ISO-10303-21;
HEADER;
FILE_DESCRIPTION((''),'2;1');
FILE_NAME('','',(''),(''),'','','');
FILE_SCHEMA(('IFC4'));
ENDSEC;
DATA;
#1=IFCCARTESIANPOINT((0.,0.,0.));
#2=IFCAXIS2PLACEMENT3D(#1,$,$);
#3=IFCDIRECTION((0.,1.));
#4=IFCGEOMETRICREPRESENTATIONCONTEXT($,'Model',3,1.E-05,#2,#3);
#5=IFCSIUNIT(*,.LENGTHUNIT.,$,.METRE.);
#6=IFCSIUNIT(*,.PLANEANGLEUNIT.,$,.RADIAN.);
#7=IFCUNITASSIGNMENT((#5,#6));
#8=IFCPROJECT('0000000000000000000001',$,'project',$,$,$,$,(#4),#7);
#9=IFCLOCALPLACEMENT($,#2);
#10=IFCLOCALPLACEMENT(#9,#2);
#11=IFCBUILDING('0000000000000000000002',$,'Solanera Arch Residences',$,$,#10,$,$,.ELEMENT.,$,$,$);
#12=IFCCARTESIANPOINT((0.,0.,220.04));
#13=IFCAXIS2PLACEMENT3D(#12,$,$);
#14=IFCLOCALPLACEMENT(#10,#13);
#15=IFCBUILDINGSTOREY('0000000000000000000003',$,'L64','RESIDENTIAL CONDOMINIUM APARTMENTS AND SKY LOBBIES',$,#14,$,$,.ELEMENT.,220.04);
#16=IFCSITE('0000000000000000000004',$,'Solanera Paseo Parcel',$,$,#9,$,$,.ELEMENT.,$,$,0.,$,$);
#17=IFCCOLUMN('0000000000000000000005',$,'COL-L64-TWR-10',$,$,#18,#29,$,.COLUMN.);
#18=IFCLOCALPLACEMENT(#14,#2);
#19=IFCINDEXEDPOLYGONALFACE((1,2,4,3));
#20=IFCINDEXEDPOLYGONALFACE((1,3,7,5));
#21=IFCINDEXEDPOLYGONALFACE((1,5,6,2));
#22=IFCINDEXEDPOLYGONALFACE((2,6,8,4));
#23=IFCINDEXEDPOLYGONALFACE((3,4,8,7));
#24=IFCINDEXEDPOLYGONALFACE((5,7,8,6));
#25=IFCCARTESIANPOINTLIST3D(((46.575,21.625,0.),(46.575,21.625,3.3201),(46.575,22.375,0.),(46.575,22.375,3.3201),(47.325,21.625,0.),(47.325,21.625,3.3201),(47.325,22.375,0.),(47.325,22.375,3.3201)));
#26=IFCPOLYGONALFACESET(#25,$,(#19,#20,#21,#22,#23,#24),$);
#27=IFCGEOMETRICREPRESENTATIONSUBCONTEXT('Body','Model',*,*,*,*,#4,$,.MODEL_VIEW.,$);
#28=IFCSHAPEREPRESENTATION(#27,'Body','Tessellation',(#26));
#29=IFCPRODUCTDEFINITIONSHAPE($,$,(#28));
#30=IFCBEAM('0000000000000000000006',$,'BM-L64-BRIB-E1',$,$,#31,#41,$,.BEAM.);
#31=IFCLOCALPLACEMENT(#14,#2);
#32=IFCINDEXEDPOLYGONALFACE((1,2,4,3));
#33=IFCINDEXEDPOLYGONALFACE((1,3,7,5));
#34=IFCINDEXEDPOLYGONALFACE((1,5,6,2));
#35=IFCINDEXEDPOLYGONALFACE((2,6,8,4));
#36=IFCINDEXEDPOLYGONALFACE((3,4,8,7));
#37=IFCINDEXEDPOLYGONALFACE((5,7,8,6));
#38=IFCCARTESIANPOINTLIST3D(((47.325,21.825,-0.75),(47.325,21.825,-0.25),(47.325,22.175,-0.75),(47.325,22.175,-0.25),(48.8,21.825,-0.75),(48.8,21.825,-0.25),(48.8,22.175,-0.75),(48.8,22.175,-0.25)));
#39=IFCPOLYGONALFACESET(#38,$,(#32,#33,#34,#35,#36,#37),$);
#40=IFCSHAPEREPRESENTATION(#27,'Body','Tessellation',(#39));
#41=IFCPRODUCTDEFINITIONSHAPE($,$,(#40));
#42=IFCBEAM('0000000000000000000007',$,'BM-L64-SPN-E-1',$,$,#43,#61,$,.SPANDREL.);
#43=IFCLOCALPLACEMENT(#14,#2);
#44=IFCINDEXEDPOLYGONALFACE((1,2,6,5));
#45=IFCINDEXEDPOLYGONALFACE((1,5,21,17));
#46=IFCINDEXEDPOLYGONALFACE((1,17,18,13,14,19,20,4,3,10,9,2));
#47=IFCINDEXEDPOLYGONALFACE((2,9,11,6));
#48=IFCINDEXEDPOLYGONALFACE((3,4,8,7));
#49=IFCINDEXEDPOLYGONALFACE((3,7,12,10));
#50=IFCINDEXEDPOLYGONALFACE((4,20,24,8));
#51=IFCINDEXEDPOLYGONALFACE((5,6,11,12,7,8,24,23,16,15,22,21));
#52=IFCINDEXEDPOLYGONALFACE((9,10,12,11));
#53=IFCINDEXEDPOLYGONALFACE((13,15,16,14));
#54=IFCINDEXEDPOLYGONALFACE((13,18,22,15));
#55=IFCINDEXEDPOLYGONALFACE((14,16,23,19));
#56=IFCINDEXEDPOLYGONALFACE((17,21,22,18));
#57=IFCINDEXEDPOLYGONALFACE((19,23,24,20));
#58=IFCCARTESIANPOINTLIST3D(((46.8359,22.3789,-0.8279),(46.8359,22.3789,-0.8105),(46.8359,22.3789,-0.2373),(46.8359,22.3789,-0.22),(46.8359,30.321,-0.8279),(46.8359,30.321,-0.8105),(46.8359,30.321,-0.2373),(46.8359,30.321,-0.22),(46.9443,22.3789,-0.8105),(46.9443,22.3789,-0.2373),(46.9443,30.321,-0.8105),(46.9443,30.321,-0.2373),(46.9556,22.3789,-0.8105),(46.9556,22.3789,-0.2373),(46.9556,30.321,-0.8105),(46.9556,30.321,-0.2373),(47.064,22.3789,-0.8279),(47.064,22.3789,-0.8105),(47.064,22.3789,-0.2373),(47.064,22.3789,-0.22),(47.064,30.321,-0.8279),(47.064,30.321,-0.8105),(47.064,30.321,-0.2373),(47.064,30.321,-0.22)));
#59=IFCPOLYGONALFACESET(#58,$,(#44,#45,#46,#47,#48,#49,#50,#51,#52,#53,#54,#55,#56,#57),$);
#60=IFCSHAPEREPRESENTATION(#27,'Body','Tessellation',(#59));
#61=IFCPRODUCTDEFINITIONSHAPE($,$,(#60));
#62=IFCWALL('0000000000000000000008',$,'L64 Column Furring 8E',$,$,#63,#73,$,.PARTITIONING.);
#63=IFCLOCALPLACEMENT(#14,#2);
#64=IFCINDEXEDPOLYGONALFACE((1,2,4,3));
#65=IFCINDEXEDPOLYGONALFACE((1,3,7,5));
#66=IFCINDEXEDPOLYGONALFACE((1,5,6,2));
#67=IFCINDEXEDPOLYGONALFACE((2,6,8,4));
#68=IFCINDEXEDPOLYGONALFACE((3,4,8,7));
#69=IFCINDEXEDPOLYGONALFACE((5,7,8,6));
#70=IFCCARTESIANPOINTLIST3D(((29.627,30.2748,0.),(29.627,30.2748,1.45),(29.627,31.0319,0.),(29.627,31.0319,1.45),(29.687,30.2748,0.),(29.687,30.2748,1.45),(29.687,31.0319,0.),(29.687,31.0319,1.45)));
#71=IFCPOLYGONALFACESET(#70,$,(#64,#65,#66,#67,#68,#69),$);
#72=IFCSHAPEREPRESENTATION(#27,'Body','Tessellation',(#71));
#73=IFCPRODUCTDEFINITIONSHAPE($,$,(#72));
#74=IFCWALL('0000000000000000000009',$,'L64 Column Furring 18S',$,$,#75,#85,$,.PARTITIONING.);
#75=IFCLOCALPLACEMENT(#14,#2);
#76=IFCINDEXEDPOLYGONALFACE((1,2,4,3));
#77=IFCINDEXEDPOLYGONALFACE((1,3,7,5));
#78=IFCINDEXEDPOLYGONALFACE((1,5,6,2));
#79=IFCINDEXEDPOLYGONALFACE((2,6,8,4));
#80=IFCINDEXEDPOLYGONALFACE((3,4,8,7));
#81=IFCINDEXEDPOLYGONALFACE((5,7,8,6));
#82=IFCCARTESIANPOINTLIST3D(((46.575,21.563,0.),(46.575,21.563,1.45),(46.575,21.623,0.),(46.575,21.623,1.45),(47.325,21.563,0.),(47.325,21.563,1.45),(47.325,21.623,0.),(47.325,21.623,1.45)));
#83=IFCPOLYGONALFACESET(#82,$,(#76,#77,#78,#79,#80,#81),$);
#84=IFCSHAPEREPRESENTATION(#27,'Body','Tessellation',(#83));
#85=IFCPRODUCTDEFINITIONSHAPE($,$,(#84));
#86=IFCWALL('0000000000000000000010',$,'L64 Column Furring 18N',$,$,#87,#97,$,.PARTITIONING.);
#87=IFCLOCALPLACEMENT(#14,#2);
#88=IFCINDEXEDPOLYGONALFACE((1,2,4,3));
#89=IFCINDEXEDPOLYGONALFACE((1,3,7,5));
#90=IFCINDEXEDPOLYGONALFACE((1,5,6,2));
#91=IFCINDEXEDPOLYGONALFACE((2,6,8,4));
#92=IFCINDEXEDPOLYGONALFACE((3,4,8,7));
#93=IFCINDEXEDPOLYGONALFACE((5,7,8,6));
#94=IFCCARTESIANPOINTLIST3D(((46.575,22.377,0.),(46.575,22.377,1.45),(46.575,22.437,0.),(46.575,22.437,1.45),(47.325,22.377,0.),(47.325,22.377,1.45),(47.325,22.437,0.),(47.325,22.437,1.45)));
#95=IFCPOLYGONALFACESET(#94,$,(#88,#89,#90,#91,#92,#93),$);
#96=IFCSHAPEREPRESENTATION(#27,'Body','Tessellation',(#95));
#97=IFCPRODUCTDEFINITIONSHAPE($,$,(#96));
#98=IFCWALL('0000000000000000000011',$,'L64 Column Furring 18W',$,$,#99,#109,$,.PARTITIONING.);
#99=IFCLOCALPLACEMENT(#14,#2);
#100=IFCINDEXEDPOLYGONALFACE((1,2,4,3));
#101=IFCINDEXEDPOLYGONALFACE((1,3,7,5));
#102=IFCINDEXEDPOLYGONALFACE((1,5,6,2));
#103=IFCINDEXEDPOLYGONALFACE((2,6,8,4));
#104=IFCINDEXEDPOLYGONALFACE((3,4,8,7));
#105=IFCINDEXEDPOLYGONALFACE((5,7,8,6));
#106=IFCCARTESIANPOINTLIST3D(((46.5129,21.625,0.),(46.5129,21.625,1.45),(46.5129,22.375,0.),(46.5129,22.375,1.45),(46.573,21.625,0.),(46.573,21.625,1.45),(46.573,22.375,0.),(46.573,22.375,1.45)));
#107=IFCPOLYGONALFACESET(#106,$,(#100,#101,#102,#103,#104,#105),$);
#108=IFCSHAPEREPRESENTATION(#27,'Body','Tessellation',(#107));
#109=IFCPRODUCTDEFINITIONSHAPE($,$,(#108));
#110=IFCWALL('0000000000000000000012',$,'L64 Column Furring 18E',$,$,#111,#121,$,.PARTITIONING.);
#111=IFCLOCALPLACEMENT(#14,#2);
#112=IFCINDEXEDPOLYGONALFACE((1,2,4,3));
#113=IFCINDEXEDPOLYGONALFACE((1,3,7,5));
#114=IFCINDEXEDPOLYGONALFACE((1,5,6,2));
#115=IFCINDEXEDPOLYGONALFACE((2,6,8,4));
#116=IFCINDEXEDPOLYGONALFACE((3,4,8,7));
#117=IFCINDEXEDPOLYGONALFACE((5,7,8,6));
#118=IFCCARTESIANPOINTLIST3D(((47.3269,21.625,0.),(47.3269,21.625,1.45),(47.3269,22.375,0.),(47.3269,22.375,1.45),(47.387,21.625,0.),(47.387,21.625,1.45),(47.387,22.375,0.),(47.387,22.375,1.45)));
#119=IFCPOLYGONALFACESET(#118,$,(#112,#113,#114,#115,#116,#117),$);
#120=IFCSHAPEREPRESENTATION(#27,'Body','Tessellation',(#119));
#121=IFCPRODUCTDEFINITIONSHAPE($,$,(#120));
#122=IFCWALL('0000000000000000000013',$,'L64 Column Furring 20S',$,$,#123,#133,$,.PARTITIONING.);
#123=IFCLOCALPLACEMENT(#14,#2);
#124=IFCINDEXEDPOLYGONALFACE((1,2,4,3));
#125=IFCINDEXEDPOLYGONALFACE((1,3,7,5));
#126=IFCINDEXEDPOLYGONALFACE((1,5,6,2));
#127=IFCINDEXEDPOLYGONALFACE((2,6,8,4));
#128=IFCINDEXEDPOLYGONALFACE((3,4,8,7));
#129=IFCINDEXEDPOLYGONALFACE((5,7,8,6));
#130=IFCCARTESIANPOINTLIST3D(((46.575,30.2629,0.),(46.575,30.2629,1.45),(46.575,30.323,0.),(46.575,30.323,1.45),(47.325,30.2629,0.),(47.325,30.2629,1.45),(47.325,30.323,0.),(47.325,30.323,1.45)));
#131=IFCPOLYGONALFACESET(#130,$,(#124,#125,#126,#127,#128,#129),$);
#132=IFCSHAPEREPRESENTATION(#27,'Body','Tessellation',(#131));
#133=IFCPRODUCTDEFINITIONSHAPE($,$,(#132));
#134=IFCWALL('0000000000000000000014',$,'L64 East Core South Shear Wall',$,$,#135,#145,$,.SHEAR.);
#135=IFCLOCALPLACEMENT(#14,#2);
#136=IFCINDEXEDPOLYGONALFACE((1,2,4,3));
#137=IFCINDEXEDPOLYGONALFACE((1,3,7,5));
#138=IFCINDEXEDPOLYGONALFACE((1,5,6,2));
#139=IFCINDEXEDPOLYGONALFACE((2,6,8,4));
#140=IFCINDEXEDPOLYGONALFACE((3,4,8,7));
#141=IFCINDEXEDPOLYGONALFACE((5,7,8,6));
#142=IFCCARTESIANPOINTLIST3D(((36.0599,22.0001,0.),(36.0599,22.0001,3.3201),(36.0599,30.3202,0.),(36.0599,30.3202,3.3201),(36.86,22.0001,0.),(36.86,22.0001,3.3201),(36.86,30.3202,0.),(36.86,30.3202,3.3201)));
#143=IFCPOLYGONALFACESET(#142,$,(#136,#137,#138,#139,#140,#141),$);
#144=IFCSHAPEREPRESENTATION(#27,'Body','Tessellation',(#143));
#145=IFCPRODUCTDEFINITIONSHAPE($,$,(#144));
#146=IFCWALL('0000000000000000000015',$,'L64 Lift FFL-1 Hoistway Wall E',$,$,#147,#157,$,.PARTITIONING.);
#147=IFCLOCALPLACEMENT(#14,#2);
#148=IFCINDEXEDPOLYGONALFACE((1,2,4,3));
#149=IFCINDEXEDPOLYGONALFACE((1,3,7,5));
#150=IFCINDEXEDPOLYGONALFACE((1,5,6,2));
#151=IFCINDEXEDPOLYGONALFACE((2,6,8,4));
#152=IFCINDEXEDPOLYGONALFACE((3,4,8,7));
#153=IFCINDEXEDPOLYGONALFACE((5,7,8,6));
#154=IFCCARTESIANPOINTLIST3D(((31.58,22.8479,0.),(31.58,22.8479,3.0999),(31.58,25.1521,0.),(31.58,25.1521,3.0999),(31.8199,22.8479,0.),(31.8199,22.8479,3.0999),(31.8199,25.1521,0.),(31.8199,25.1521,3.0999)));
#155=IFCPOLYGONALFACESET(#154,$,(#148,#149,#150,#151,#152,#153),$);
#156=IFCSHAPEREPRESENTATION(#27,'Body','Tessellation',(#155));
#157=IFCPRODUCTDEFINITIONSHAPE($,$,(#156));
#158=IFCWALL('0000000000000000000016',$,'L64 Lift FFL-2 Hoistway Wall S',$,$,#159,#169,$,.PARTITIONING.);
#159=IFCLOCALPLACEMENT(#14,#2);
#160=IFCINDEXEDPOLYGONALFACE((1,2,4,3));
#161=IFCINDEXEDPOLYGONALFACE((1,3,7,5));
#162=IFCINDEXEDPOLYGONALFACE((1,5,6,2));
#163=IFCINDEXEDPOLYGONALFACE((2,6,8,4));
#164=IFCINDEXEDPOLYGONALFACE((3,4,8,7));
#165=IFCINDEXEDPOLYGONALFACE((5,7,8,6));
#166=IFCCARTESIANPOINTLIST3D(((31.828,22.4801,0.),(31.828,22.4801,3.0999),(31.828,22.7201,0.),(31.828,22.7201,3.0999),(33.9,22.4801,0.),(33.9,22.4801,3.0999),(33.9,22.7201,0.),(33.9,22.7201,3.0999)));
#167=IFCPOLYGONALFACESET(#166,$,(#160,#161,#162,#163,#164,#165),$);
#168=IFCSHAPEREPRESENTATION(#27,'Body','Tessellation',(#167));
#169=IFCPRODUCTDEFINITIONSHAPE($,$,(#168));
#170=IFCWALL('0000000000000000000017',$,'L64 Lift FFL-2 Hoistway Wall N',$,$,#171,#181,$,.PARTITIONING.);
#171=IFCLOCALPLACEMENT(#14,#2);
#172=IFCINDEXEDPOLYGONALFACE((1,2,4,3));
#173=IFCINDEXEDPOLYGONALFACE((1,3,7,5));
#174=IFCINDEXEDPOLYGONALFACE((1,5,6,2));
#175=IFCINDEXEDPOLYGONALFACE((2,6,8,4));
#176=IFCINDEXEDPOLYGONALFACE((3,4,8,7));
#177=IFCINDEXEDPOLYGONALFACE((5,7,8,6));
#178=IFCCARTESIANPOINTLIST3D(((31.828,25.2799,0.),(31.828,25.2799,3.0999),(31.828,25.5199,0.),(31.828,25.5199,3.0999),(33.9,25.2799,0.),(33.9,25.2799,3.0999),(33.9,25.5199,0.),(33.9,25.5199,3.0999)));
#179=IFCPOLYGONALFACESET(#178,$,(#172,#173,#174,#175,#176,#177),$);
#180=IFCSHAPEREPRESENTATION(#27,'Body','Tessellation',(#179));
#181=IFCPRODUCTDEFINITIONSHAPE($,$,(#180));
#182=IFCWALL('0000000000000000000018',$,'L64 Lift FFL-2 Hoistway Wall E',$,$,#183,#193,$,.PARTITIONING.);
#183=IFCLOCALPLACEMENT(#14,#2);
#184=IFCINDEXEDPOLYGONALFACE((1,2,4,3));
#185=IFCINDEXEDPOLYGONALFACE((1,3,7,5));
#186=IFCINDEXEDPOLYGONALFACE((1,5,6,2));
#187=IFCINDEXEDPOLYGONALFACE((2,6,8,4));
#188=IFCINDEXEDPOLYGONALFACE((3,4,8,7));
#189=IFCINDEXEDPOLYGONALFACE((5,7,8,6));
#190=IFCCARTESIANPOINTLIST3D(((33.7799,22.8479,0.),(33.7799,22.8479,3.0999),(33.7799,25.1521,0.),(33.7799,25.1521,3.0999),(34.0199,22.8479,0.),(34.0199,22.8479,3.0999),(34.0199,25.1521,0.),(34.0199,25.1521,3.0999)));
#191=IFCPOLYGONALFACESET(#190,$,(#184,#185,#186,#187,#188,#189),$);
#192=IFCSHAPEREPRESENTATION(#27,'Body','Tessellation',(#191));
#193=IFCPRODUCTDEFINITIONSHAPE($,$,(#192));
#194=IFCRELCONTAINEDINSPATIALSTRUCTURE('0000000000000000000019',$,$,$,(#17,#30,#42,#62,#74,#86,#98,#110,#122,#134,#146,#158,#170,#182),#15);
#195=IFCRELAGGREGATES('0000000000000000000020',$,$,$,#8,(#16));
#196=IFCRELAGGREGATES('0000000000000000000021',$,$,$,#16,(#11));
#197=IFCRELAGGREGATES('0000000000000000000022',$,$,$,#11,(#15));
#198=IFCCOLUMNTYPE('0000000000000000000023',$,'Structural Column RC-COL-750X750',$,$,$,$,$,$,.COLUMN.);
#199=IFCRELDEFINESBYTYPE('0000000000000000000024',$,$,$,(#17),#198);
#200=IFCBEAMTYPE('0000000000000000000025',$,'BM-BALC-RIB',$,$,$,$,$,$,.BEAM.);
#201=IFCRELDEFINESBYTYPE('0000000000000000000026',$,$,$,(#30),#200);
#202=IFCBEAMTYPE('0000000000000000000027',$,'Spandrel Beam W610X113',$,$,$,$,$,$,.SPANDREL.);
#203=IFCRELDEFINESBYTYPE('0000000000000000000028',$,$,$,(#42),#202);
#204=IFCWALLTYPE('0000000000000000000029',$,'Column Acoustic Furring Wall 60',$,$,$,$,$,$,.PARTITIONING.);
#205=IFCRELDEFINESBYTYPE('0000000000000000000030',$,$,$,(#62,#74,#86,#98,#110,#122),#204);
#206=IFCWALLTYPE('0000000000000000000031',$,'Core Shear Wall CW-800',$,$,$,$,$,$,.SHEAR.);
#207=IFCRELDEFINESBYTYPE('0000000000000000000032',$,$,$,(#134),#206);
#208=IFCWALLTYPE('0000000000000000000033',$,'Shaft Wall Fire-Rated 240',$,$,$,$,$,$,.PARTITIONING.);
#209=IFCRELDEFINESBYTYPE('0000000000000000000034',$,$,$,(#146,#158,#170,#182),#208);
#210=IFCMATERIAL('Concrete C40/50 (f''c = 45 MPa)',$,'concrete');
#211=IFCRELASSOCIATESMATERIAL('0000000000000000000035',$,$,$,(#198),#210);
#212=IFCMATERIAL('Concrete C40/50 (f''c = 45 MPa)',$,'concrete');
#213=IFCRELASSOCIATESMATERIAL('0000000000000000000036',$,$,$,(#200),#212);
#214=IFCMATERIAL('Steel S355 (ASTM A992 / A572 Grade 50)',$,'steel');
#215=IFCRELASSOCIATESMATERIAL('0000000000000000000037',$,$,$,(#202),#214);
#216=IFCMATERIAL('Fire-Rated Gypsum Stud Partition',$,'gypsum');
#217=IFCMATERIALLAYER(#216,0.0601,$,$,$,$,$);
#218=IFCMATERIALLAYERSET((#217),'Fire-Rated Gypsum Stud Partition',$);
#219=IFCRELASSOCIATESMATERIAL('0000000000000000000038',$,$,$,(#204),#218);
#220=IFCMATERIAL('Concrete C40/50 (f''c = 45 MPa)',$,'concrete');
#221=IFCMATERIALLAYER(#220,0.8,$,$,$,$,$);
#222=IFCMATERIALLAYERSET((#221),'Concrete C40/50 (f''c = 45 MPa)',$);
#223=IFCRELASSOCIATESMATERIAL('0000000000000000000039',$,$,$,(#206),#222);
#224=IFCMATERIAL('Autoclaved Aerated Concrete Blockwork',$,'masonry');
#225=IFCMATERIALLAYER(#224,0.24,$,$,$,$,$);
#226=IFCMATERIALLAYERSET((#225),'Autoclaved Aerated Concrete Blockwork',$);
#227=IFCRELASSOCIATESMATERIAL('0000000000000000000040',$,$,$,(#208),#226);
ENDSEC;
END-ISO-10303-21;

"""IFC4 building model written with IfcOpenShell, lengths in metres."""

from ifc_helpers import new_model, si_unit, direction, frame, frame_2d, origin, origin_2d, place, context, subcontext, project, spatial, rectangle, i_section, extrude, material, layer, layer_set, material_profile, profile_set, type_object, element, save


model = new_model("IFC4")

# Units and contexts
model_context = context("Model", 3, precision=1e-05, world=origin(), true_north=direction((0.0, 1.0)))
body_context = subcontext(model_context, "Body", "Model", "MODEL_VIEW")
ifc_project = project(units=[si_unit("LENGTHUNIT", "METRE"), si_unit("PLANEANGLEUNIT", "RADIAN")], contexts=[model_context])

# Site, building, storey
site_placement = place(None, origin())
site = spatial("IfcSite", under=ifc_project, at=site_placement, Name="Solanera Paseo Parcel", CompositionType="ELEMENT", RefElevation=0.0)
building_placement = place(site_placement, origin())
building = spatial("IfcBuilding", under=site, at=building_placement, Name="Solanera Arch Residences", CompositionType="ELEMENT")
storey_placement = place(building_placement, frame((0.0, 0.0, 220.04)))
storey = spatial("IfcBuildingStorey", under=building, at=storey_placement, Name="L64", Description="RESIDENTIAL CONDOMINIUM APARTMENTS AND SKY LOBBIES", CompositionType="ELEMENT", Elevation=220.04)

# Column
ifc_material_1 = material(Name="Concrete C40/50 (f'c = 45 MPa)", Category="concrete")
ifc_material_profile_1 = material_profile(ifc_material_1, rectangle(XDim=0.75, YDim=0.75, at=origin_2d()))
ifc_profile_set_1 = profile_set([ifc_material_profile_1], Name="Concrete C40/50 (f'c = 45 MPa)")
column_type = type_object("IfcColumnType", Name="Structural Column RC-COL-750X750", PredefinedType="COLUMN", material=ifc_profile_set_1)
column_placement = place(storey_placement, frame((46.95, 22.0, 0.0), z_axis=(0.0, 0.0, 1.0), x_axis=(1.0, 0.0, 0.0)))
element("IfcColumn", 1, at=column_placement, inside=storey, type_object=column_type, Name="COL-L64-TWR-10", PredefinedType="COLUMN", context=body_context, shape_type="SweptSolid", body=[
    extrude(rectangle(XDim=0.75, YDim=0.75, at=origin_2d()), origin(), (0.0, 0.0, 1.0), 3.3201),
])

# Beams
ifc_material_2 = material(Name="Concrete C40/50 (f'c = 45 MPa)", Category="concrete")
ifc_material_profile_2 = material_profile(ifc_material_2, rectangle(XDim=0.3501, YDim=0.5, at=origin_2d()))
ifc_profile_set_2 = profile_set([ifc_material_profile_2], Name="Concrete C40/50 (f'c = 45 MPa)")
beam_type_1 = type_object("IfcBeamType", Name="BM-BALC-RIB", PredefinedType="BEAM", material=ifc_profile_set_2)
beam_1_placement = place(storey_placement, frame((47.325, 22.0, -0.5), z_axis=(1.0, 0.0, 0.0), x_axis=(0.0, 1.0, 0.0)))
element("IfcBeam", 2, at=beam_1_placement, inside=storey, type_object=beam_type_1, Name="BM-L64-BRIB-E1", PredefinedType="BEAM", context=body_context, shape_type="SweptSolid", body=[
    extrude(rectangle(XDim=0.3501, YDim=0.5, at=origin_2d()), origin(), (0.0, 0.0, 1.0), 1.4751),
])
ifc_material_3 = material(Name="Steel S355 (ASTM A992 / A572 Grade 50)", Category="steel")
ifc_material_profile_3 = material_profile(ifc_material_3, i_section(OverallWidth=0.228, OverallDepth=0.6079, WebThickness=0.0112, FlangeThickness=0.0173, at=origin_2d()))
ifc_profile_set_3 = profile_set([ifc_material_profile_3], Name="Steel S355 (ASTM A992 / A572 Grade 50)")
beam_type_2 = type_object("IfcBeamType", Name="Spandrel Beam W610X113", PredefinedType="SPANDREL", material=ifc_profile_set_3)
beam_2_placement = place(storey_placement, frame((46.95, 22.3789, -0.5239), z_axis=(0.0, 1.0, 0.0), x_axis=(-1.0, 0.0, 0.0)))
element("IfcBeam", 3, at=beam_2_placement, inside=storey, type_object=beam_type_2, Name="BM-L64-SPN-E-1", PredefinedType="SPANDREL", context=body_context, shape_type="SweptSolid", body=[
    extrude(i_section(OverallWidth=0.228, OverallDepth=0.6079, WebThickness=0.0112, FlangeThickness=0.0173, at=origin_2d()), origin(), (0.0, 0.0, 1.0), 7.9421),
])

# Walls
ifc_material_4 = material(Name="Fire-Rated Gypsum Stud Partition", Category="gypsum")
ifc_layer_1 = layer(ifc_material_4, 0.0601)
ifc_layer_set_1 = layer_set([ifc_layer_1], Name="Fire-Rated Gypsum Stud Partition")
wall_type_1 = type_object("IfcWallType", Name="Column Acoustic Furring Wall 60", PredefinedType="PARTITIONING", material=ifc_layer_set_1)
wall_1_placement = place(storey_placement, frame((29.657, 30.2749, 0.0), z_axis=(0.0, 0.0, 1.0), x_axis=(0.0, 1.0, 0.0)))
element("IfcWall", 4, at=wall_1_placement, inside=storey, type_object=wall_type_1, Name="L64 Column Furring 8E", PredefinedType="PARTITIONING", context=body_context, shape_type="SweptSolid", body=[
    extrude(rectangle(XDim=0.7571, YDim=0.0601, at=frame_2d((0.3784, 0.0))), origin(), (0.0, 0.0, 1.0), 1.45),
])
for number, where, z_axis, x_axis, name in (
    (5, (46.575, 21.593, 0.0), (0.0, 0.0, 1.0), (1.0, 0.0, 0.0), "L64 Column Furring 18S"),
    (6, (46.575, 22.407, 0.0), (0.0, 0.0, 1.0), (1.0, 0.0, 0.0), "L64 Column Furring 18N"),
    (7, (46.543, 21.625, 0.0), (0.0, 0.0, 1.0), (0.0, 1.0, 0.0), "L64 Column Furring 18W"),
    (8, (47.3569, 21.625, 0.0), (0.0, 0.0, 1.0), (0.0, 1.0, 0.0), "L64 Column Furring 18E"),
    (9, (46.575, 30.293, 0.0), (0.0, 0.0, 1.0), (1.0, 0.0, 0.0), "L64 Column Furring 20S"),
):
    element("IfcWall", number, at=place(storey_placement, frame(where, z_axis=z_axis, x_axis=x_axis)), inside=storey, type_object=wall_type_1, Name=name, PredefinedType="PARTITIONING", context=body_context, shape_type="SweptSolid", body=[
        extrude(rectangle(XDim=0.75, YDim=0.0601, at=frame_2d((0.375, 0.0))), origin(), (0.0, 0.0, 1.0), 1.45),
    ])
ifc_material_5 = material(Name="Concrete C40/50 (f'c = 45 MPa)", Category="concrete")
ifc_layer_2 = layer(ifc_material_5, 0.8)
ifc_layer_set_2 = layer_set([ifc_layer_2], Name="Concrete C40/50 (f'c = 45 MPa)")
wall_type_2 = type_object("IfcWallType", Name="Core Shear Wall CW-800", PredefinedType="SHEAR", material=ifc_layer_set_2)
wall_2_placement = place(storey_placement, frame((36.46, 22.0, 0.0), z_axis=(0.0, 0.0, 1.0), x_axis=(0.0, 1.0, 0.0)))
element("IfcWall", 10, at=wall_2_placement, inside=storey, type_object=wall_type_2, Name="L64 East Core South Shear Wall", PredefinedType="SHEAR", context=body_context, shape_type="SweptSolid", body=[
    extrude(rectangle(XDim=8.3201, YDim=0.8, at=frame_2d((4.1602, 0.0))), origin(), (0.0, 0.0, 1.0), 3.3201),
])
ifc_material_6 = material(Name="Autoclaved Aerated Concrete Blockwork", Category="masonry")
ifc_layer_3 = layer(ifc_material_6, 0.24)
ifc_layer_set_3 = layer_set([ifc_layer_3], Name="Autoclaved Aerated Concrete Blockwork")
wall_type_3 = type_object("IfcWallType", Name="Shaft Wall Fire-Rated 240", PredefinedType="PARTITIONING", material=ifc_layer_set_3)
wall_3_placement = place(storey_placement, frame((31.7, 22.8479, 0.0), z_axis=(0.0, 0.0, 1.0), x_axis=(0.0, 1.0, 0.0)))
element("IfcWall", 11, at=wall_3_placement, inside=storey, type_object=wall_type_3, Name="L64 Lift FFL-1 Hoistway Wall E", PredefinedType="PARTITIONING", context=body_context, shape_type="SweptSolid", body=[
    extrude(rectangle(XDim=2.3042, YDim=0.24, at=frame_2d((1.1521, 0.0))), origin(), (0.0, 0.0, 1.0), 3.0999),
])
for number, where, z_axis, x_axis, name in (
    (12, (31.8279, 22.6001, 0.0), (0.0, 0.0, 1.0), (1.0, 0.0, 0.0), "L64 Lift FFL-2 Hoistway Wall S"),
    (13, (31.8279, 25.3999, 0.0), (0.0, 0.0, 1.0), (1.0, 0.0, 0.0), "L64 Lift FFL-2 Hoistway Wall N"),
):
    element("IfcWall", number, at=place(storey_placement, frame(where, z_axis=z_axis, x_axis=x_axis)), inside=storey, type_object=wall_type_3, Name=name, PredefinedType="PARTITIONING", context=body_context, shape_type="SweptSolid", body=[
        extrude(rectangle(XDim=2.072, YDim=0.24, at=frame_2d((1.0361, 0.0))), origin(), (0.0, 0.0, 1.0), 3.0999),
    ])
wall_4_placement = place(storey_placement, frame((33.8999, 22.8479, 0.0), z_axis=(0.0, 0.0, 1.0), x_axis=(0.0, 1.0, 0.0)))
element("IfcWall", 14, at=wall_4_placement, inside=storey, type_object=wall_type_3, Name="L64 Lift FFL-2 Hoistway Wall E", PredefinedType="PARTITIONING", context=body_context, shape_type="SweptSolid", body=[
    extrude(rectangle(XDim=2.3042, YDim=0.24, at=frame_2d((1.1521, 0.0))), origin(), (0.0, 0.0, 1.0), 3.0999),
])

save(model, "model.ifc")
